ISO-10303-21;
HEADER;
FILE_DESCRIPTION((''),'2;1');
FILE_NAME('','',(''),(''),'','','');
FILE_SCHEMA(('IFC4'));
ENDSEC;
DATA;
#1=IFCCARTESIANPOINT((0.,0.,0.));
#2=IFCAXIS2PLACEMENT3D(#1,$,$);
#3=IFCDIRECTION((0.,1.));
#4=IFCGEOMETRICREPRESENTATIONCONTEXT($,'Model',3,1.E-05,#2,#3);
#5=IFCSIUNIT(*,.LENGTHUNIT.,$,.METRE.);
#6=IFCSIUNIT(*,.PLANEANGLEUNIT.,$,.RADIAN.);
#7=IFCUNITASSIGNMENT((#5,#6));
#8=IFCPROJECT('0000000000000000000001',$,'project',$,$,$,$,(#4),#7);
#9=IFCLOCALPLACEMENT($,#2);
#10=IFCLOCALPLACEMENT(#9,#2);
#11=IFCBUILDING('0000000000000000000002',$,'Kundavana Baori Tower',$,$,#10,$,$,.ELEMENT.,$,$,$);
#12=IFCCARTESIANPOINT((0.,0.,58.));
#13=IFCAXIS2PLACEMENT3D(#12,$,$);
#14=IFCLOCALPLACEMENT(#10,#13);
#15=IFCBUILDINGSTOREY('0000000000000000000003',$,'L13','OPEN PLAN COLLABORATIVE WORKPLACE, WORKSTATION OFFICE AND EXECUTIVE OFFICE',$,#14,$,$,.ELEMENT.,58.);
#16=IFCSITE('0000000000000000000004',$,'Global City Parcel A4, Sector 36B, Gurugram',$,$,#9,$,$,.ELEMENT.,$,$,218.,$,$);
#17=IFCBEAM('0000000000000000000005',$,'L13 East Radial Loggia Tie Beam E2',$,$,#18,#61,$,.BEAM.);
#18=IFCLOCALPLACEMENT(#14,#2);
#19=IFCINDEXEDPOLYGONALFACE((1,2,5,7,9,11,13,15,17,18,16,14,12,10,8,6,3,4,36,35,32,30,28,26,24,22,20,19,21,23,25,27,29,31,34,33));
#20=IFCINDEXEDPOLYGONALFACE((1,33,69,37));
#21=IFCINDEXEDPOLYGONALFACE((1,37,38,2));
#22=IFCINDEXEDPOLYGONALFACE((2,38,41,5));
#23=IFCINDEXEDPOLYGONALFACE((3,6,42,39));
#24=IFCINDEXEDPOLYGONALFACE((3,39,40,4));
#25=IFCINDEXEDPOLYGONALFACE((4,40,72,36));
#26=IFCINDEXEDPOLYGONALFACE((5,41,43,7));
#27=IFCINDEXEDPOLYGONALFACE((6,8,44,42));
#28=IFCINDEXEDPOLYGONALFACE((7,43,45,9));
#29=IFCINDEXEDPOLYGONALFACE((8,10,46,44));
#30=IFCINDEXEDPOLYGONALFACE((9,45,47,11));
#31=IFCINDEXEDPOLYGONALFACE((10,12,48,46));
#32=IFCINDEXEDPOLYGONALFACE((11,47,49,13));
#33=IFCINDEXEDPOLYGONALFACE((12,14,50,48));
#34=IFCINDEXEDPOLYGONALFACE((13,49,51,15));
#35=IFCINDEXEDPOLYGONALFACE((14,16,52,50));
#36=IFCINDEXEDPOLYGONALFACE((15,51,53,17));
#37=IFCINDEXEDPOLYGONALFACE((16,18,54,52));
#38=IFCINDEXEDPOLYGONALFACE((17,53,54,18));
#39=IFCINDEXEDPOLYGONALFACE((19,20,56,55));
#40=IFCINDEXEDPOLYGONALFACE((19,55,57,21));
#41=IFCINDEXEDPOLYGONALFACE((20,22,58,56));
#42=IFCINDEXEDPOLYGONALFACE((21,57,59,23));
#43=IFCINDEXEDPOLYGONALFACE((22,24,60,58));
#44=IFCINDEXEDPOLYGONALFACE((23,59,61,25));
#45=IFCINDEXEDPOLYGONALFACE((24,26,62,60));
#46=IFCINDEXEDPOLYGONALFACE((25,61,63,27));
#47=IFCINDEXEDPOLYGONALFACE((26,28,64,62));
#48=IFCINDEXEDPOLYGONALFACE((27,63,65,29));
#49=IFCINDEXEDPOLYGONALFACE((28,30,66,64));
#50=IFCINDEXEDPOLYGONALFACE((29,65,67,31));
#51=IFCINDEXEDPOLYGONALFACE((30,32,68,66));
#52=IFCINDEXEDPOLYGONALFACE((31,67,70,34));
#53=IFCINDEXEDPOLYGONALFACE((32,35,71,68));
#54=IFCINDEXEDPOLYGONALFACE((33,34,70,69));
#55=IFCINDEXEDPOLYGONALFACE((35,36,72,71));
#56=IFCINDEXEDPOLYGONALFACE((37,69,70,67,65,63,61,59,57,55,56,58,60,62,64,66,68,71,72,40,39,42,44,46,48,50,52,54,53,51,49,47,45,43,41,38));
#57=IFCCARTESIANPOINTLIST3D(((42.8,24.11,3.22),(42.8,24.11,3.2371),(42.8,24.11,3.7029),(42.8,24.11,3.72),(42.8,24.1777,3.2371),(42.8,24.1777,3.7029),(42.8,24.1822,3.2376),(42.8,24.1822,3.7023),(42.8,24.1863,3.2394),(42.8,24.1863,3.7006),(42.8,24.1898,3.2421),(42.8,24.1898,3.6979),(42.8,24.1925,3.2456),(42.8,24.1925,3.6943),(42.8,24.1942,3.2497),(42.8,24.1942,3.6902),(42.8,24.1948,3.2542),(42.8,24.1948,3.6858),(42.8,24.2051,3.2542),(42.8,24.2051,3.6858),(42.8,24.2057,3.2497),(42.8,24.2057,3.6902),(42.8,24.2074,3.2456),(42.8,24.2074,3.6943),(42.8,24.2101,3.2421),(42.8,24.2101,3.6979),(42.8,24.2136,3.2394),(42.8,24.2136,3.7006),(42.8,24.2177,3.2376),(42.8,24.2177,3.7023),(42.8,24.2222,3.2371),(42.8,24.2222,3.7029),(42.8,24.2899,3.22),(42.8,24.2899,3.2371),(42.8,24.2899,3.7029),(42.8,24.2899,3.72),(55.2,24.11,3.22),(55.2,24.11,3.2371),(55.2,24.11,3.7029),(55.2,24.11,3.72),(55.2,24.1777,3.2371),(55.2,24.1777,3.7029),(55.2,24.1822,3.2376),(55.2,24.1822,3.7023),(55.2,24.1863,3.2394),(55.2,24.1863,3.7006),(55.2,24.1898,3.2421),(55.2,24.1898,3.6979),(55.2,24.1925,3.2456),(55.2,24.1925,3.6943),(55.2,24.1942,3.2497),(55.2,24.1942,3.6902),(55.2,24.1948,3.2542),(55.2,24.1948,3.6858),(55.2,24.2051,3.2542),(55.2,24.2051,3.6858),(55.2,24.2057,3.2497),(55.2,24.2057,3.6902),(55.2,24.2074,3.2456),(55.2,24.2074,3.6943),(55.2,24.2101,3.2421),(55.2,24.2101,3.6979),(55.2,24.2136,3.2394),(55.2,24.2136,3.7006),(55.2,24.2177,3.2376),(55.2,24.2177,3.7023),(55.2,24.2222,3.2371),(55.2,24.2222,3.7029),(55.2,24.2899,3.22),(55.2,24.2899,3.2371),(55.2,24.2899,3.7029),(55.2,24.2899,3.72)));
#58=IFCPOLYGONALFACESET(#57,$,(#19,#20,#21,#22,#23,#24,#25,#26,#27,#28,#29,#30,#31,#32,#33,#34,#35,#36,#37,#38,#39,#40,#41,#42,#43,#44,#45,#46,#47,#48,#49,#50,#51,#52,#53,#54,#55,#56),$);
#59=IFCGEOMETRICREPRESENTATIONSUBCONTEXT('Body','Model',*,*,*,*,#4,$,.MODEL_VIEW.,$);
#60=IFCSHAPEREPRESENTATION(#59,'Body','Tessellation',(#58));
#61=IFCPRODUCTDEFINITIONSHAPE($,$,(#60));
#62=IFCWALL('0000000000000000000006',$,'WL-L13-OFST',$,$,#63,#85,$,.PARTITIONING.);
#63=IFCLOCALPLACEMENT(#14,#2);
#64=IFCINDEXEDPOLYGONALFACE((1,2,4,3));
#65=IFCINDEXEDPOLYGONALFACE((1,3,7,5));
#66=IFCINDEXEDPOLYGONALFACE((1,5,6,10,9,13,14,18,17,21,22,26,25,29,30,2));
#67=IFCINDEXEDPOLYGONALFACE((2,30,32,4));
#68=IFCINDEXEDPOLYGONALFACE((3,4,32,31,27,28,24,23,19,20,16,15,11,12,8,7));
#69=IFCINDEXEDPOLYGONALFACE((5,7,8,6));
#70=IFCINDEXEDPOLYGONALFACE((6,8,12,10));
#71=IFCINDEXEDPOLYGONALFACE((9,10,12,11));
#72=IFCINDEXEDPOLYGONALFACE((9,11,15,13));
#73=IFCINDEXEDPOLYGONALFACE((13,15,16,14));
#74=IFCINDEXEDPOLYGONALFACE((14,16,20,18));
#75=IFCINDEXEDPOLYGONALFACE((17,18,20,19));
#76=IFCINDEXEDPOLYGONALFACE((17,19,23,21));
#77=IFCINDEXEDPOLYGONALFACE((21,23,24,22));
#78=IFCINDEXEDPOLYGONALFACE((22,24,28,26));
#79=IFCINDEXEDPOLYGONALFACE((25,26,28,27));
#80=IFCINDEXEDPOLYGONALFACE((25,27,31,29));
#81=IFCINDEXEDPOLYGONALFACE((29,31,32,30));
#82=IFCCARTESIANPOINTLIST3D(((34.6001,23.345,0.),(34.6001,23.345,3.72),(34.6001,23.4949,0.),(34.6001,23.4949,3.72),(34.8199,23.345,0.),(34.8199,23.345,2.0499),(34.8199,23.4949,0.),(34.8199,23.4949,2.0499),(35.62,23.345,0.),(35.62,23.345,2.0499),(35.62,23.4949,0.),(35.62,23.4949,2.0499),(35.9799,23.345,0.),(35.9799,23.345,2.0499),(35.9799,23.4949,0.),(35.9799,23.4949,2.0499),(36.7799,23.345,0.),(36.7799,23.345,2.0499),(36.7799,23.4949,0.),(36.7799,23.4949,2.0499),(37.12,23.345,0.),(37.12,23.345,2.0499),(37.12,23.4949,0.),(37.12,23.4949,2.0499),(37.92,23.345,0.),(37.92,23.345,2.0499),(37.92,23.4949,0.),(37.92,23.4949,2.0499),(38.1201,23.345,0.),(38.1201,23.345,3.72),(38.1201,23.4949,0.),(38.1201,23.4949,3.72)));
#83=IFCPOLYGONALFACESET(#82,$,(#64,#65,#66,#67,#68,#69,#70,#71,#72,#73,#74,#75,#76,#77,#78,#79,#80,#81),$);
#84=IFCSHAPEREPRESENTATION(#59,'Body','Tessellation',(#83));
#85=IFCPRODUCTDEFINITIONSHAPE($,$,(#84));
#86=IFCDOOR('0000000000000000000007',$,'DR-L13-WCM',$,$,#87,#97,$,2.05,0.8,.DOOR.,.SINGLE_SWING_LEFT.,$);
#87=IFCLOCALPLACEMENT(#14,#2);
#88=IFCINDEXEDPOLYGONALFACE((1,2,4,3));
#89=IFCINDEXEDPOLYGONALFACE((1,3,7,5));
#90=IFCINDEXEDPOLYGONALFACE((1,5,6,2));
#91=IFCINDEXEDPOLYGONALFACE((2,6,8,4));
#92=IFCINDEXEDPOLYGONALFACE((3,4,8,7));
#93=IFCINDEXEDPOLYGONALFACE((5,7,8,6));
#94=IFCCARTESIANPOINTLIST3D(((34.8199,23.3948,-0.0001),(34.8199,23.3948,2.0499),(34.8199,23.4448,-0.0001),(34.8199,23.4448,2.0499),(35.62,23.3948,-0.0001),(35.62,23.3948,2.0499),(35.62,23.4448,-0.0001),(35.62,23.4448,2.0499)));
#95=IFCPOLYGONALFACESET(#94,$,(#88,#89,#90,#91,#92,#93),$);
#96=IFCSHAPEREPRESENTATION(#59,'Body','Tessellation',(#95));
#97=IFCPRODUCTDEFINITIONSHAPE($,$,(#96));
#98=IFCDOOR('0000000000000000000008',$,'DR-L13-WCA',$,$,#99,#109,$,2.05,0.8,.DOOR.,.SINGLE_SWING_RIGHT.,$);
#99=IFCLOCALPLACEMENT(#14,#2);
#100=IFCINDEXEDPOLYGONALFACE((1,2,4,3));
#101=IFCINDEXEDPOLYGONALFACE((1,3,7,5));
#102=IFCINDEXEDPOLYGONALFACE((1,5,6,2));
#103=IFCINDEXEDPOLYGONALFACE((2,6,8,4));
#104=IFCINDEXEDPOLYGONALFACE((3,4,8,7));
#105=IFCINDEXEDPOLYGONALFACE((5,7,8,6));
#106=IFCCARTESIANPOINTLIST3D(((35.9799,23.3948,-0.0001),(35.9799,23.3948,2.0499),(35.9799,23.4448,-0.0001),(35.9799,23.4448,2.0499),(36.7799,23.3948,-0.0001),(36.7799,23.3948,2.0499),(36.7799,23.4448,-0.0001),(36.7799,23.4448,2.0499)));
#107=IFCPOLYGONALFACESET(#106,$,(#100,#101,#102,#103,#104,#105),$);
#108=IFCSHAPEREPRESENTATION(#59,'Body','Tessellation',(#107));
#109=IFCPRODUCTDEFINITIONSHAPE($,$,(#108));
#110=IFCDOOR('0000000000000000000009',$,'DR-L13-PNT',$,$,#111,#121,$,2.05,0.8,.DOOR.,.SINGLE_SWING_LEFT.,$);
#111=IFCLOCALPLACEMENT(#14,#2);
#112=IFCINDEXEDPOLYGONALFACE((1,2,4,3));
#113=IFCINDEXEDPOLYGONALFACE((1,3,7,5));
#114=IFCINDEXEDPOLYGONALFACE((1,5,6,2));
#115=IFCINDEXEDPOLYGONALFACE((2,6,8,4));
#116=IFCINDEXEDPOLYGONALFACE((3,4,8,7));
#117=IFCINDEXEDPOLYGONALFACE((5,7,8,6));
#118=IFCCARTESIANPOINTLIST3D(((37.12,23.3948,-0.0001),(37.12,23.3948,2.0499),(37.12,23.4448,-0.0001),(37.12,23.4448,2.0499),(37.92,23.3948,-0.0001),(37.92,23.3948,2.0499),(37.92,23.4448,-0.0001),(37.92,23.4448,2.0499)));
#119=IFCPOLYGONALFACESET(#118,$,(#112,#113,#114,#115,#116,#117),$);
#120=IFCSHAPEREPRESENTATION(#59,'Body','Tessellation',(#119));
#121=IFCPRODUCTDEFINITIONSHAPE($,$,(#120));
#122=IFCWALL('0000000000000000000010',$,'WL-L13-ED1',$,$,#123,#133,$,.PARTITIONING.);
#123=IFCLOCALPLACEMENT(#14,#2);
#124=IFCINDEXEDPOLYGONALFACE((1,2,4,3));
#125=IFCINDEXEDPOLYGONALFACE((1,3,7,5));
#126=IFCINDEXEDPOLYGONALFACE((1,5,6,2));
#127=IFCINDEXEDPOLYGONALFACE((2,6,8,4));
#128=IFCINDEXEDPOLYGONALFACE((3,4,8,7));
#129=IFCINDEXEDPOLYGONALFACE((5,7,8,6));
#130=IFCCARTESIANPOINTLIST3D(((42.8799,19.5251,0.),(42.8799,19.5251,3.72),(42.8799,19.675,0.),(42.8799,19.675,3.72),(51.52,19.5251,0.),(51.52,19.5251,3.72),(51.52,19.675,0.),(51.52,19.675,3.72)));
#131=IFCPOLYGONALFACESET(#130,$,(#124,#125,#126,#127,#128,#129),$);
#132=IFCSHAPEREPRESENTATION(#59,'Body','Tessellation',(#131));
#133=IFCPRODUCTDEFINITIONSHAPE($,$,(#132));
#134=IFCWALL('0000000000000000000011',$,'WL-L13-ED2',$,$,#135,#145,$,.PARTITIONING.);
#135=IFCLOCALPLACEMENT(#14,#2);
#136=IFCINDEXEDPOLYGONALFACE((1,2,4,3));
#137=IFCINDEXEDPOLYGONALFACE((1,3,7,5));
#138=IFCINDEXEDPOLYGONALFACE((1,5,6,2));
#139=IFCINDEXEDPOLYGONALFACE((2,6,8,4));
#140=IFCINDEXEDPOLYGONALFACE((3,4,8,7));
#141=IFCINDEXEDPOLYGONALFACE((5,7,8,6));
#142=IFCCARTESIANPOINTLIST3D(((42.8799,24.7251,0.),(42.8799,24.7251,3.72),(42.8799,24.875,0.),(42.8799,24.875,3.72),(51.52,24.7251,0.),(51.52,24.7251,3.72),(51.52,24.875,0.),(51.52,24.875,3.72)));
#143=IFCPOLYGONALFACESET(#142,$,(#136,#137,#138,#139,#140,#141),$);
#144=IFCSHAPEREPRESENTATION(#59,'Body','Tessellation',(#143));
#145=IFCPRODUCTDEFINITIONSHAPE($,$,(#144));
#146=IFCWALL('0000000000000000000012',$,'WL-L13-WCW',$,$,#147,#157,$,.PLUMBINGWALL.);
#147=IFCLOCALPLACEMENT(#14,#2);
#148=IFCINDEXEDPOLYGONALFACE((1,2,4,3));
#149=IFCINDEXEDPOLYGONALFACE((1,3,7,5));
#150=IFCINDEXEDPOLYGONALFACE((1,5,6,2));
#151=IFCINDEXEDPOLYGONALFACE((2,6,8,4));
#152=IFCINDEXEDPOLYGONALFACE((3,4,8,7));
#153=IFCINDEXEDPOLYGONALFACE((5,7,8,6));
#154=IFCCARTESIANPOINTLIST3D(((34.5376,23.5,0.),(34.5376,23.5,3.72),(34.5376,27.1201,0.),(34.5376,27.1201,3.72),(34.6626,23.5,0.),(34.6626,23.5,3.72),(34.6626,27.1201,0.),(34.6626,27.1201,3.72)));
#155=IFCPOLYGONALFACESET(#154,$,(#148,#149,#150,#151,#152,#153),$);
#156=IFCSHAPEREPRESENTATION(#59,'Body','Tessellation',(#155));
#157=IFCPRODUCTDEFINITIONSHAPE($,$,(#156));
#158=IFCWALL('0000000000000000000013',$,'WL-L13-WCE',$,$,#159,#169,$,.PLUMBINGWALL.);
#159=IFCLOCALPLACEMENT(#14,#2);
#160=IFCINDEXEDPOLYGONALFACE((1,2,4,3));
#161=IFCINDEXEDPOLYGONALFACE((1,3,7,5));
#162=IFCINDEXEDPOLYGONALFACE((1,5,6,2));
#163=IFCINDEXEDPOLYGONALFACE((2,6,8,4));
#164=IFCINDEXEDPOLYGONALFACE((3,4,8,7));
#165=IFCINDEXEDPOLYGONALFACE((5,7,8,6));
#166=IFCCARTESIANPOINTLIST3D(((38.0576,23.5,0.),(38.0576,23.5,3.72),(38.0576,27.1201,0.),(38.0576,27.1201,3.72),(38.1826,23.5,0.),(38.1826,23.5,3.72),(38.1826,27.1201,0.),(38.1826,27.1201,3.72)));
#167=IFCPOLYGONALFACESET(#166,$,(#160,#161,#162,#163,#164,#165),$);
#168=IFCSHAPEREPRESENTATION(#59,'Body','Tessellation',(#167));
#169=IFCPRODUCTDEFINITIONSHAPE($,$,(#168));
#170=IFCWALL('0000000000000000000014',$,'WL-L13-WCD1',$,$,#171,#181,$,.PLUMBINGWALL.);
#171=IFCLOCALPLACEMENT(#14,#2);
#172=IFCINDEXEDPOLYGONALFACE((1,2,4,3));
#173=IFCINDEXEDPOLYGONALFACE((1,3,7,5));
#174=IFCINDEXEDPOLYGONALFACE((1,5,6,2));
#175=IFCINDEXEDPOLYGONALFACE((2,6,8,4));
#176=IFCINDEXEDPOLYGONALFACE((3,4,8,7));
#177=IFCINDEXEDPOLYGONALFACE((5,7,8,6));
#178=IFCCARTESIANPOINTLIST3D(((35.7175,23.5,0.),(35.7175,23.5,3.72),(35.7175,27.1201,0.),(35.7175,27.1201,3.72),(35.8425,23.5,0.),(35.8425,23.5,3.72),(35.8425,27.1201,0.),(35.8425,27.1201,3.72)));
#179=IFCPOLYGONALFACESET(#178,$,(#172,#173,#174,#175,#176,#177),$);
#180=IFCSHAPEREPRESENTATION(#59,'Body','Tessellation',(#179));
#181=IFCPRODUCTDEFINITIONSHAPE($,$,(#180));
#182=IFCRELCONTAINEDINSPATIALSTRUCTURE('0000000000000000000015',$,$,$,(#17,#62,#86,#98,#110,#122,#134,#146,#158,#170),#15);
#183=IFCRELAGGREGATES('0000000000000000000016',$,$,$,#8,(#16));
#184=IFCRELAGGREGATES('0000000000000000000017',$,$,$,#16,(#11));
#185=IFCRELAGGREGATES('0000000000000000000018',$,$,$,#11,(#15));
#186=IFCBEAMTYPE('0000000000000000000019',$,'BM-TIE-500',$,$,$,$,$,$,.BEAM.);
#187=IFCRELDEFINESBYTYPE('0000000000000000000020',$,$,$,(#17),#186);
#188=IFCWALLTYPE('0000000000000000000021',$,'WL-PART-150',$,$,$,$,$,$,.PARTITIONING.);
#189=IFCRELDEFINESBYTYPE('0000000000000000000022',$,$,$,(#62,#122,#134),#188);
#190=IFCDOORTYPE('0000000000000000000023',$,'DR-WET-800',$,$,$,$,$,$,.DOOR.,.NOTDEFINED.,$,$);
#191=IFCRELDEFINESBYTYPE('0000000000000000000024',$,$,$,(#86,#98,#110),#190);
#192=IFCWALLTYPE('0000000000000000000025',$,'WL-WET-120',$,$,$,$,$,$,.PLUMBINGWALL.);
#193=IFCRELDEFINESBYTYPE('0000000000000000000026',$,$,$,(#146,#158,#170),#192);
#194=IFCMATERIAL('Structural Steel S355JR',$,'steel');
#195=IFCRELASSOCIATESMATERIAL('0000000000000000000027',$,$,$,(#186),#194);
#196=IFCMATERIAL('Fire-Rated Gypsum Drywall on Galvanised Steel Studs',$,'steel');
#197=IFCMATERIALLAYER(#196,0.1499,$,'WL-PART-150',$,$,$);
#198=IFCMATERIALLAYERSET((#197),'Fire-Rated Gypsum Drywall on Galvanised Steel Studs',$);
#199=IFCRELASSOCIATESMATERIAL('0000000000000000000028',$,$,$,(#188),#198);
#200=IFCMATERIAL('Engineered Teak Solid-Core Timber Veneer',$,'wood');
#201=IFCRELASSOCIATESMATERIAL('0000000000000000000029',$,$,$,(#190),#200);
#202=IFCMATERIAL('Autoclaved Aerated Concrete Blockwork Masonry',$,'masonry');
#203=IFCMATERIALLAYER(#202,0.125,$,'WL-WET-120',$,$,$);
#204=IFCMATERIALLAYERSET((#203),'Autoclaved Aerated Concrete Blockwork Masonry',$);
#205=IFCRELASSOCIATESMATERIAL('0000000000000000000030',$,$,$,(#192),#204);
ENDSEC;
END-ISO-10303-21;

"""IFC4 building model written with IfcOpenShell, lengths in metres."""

from ifc_helpers import new_model, si_unit, direction, frame, frame_2d, origin, origin_2d, place, context, subcontext, project, spatial, rectangle, i_section, extrude, material, layer, layer_set, material_profile, profile_set, type_object, element, fill, save


model = new_model("IFC4")

# Units and contexts
model_context = context("Model", 3, precision=1e-05, world=origin(), true_north=direction((0.0, 1.0)))
body_context = subcontext(model_context, "Body", "Model", "MODEL_VIEW")
ifc_project = project(units=[si_unit("LENGTHUNIT", "METRE"), si_unit("PLANEANGLEUNIT", "RADIAN")], contexts=[model_context])

# Site, building, storey
site_placement = place(None, origin())
site = spatial("IfcSite", under=ifc_project, at=site_placement, Name="Global City Parcel A4, Sector 36B, Gurugram", CompositionType="ELEMENT", RefElevation=218.0)
building_placement = place(site_placement, origin())
building = spatial("IfcBuilding", under=site, at=building_placement, Name="Kundavana Baori Tower", CompositionType="ELEMENT")
storey_placement = place(building_placement, frame((0.0, 0.0, 58.0)))
storey = spatial("IfcBuildingStorey", under=building, at=storey_placement, Name="L13", Description="OPEN PLAN COLLABORATIVE WORKPLACE, WORKSTATION OFFICE AND EXECUTIVE OFFICE", CompositionType="ELEMENT", Elevation=58.0)

# Beam
ifc_material_1 = material(Name="Structural Steel S355JR", Category="steel")
ifc_material_profile_1 = material_profile(ifc_material_1, i_section(OverallWidth=0.1799, OverallDepth=0.5, WebThickness=0.0103, FlangeThickness=0.0171, FilletRadius=0.0171, at=origin_2d()), Name="ISMB 500")
ifc_profile_set_1 = profile_set([ifc_material_profile_1], Name="Structural Steel S355JR")
beam_type_1 = type_object("IfcBeamType", Name="BM-TIE-500", PredefinedType="BEAM", material=ifc_profile_set_1)
beam_1_placement = place(storey_placement, frame((42.8, 24.2, 3.47), z_axis=(1.0, 0.0, 0.0), x_axis=(0.0, 1.0, 0.0)))
element("IfcBeam", 1, at=beam_1_placement, inside=storey, type_object=beam_type_1, Name="L13 East Radial Loggia Tie Beam E2", PredefinedType="BEAM", context=body_context, shape_type="SweptSolid", body=[
    extrude(i_section(OverallWidth=0.1799, OverallDepth=0.5, WebThickness=0.0103, FlangeThickness=0.0171, FilletRadius=0.0171, at=origin_2d()), origin(), (0.0, 0.0, 1.0), 12.3999),
])

# Wall, openings, doors
ifc_material_2 = material(Name="Fire-Rated Gypsum Drywall on Galvanised Steel Studs", Category="steel")
ifc_layer_1 = layer(ifc_material_2, 0.1499, Name="WL-PART-150")
ifc_layer_set_1 = layer_set([ifc_layer_1], Name="Fire-Rated Gypsum Drywall on Galvanised Steel Studs")
wall_type_1 = type_object("IfcWallType", Name="WL-PART-150", PredefinedType="PARTITIONING", material=ifc_layer_set_1)
wall_placement = place(storey_placement, frame((34.6001, 23.4199, 0.0), z_axis=(0.0, 0.0, 1.0), x_axis=(1.0, 0.0, 0.0)))
wall = element("IfcWall", 2, at=wall_placement, inside=storey, type_object=wall_type_1, Name="WL-L13-OFST", PredefinedType="PARTITIONING", context=body_context, shape_type="SweptSolid", body=[
    extrude(rectangle(XDim=3.52, YDim=0.1499, at=frame_2d((1.76, 0.0))), origin(), (0.0, 0.0, 1.0), 3.72),
])
opening_1_placement = place(wall_placement, frame((0.22, 0.0, 0.0)))
opening_1 = element("IfcOpeningElement", 3, at=opening_1_placement, cuts=wall, PredefinedType="OPENING", context=body_context, shape_type="SweptSolid", body=[
    extrude(rectangle(XDim=0.8, YDim=2.05, at=frame_2d((0.3999, 1.0249))), frame((0.0, 0.085, 0.0), z_axis=(0.0, -1.0, 0.0), x_axis=(1.0, 0.0, 0.0)), (0.0, 0.0, 1.0), 0.1699),
])
opening_2_placement = place(wall_placement, frame((1.3799, 0.0, 0.0)))
opening_2 = element("IfcOpeningElement", 4, at=opening_2_placement, cuts=wall, PredefinedType="OPENING", context=body_context, shape_type="SweptSolid", body=[
    extrude(rectangle(XDim=0.8, YDim=2.05, at=frame_2d((0.3999, 1.0249))), frame((0.0, 0.085, 0.0), z_axis=(0.0, -1.0, 0.0), x_axis=(1.0, 0.0, 0.0)), (0.0, 0.0, 1.0), 0.1699),
])
opening_3_placement = place(wall_placement, frame((2.52, 0.0, 0.0)))
opening_3 = element("IfcOpeningElement", 5, at=opening_3_placement, cuts=wall, PredefinedType="OPENING", context=body_context, shape_type="SweptSolid", body=[
    extrude(rectangle(XDim=0.8, YDim=2.05, at=frame_2d((0.3999, 1.0249))), frame((0.0, 0.085, 0.0), z_axis=(0.0, -1.0, 0.0), x_axis=(1.0, 0.0, 0.0)), (0.0, 0.0, 1.0), 0.1699),
])
ifc_material_3 = material(Name="Engineered Teak Solid-Core Timber Veneer", Category="wood")
door_type = type_object("IfcDoorType", Name="DR-WET-800", OperationType="NOTDEFINED", PredefinedType="DOOR", material=ifc_material_3)
door_1_placement = place(opening_1_placement, origin())
door_1 = element("IfcDoor", 6, at=door_1_placement, inside=storey, type_object=door_type, Name="DR-L13-WCM", OperationType="SINGLE_SWING_LEFT", OverallHeight=2.05, OverallWidth=0.8, PredefinedType="DOOR", context=body_context, shape_type="SweptSolid", body=[
    extrude(rectangle(XDim=0.8, YDim=2.05, at=frame_2d((0.3999, 1.0249))), frame((0.0, 0.0249, 0.0), z_axis=(0.0, -1.0, 0.0), x_axis=(1.0, 0.0, 0.0)), (0.0, 0.0, 1.0), 0.05),
])
fill(opening_1, door_1)
door_2_placement = place(opening_2_placement, origin())
door_2 = element("IfcDoor", 7, at=door_2_placement, inside=storey, type_object=door_type, Name="DR-L13-WCA", OperationType="SINGLE_SWING_RIGHT", OverallHeight=2.05, OverallWidth=0.8, PredefinedType="DOOR", context=body_context, shape_type="SweptSolid", body=[
    extrude(rectangle(XDim=0.8, YDim=2.05, at=frame_2d((0.3999, 1.0249))), frame((0.0, 0.0249, 0.0), z_axis=(0.0, -1.0, 0.0), x_axis=(1.0, 0.0, 0.0)), (0.0, 0.0, 1.0), 0.05),
])
fill(opening_2, door_2)
door_3_placement = place(opening_3_placement, origin())
door_3 = element("IfcDoor", 8, at=door_3_placement, inside=storey, type_object=door_type, Name="DR-L13-PNT", OperationType="SINGLE_SWING_LEFT", OverallHeight=2.05, OverallWidth=0.8, PredefinedType="DOOR", context=body_context, shape_type="SweptSolid", body=[
    extrude(rectangle(XDim=0.8, YDim=2.05, at=frame_2d((0.3999, 1.0249))), frame((0.0, 0.0249, 0.0), z_axis=(0.0, -1.0, 0.0), x_axis=(1.0, 0.0, 0.0)), (0.0, 0.0, 1.0), 0.05),
])
fill(opening_3, door_3)

# Walls
for number, where, z_axis, x_axis, name in (
    (9, (42.8799, 19.6001, 0.0), (0.0, 0.0, 1.0), (1.0, 0.0, 0.0), "WL-L13-ED1"),
    (10, (42.8799, 24.8, 0.0), (0.0, 0.0, 1.0), (1.0, 0.0, 0.0), "WL-L13-ED2"),
):
    element("IfcWall", number, at=place(storey_placement, frame(where, z_axis=z_axis, x_axis=x_axis)), inside=storey, type_object=wall_type_1, Name=name, PredefinedType="PARTITIONING", context=body_context, shape_type="SweptSolid", body=[
        extrude(rectangle(XDim=8.6401, YDim=0.1499, at=frame_2d((4.3201, 0.0))), origin(), (0.0, 0.0, 1.0), 3.72),
    ])
ifc_material_4 = material(Name="Autoclaved Aerated Concrete Blockwork Masonry", Category="masonry")
ifc_layer_2 = layer(ifc_material_4, 0.125, Name="WL-WET-120")
ifc_layer_set_2 = layer_set([ifc_layer_2], Name="Autoclaved Aerated Concrete Blockwork Masonry")
wall_type_2 = type_object("IfcWallType", Name="WL-WET-120", PredefinedType="PLUMBINGWALL", material=ifc_layer_set_2)
for number, where, z_axis, x_axis, name in (
    (11, (34.6001, 23.5, 0.0), (0.0, 0.0, 1.0), (0.0, 1.0, 0.0), "WL-L13-WCW"),
    (12, (38.1201, 23.5, 0.0), (0.0, 0.0, 1.0), (0.0, 1.0, 0.0), "WL-L13-WCE"),
    (13, (35.78, 23.5, 0.0), (0.0, 0.0, 1.0), (0.0, 1.0, 0.0), "WL-L13-WCD1"),
):
    element("IfcWall", number, at=place(storey_placement, frame(where, z_axis=z_axis, x_axis=x_axis)), inside=storey, type_object=wall_type_2, Name=name, PredefinedType="PLUMBINGWALL", context=body_context, shape_type="SweptSolid", body=[
        extrude(rectangle(XDim=3.6201, YDim=0.125, at=frame_2d((1.8101, 0.0))), origin(), (0.0, 0.0, 1.0), 3.72),
    ])

save(model, "model.ifc")
